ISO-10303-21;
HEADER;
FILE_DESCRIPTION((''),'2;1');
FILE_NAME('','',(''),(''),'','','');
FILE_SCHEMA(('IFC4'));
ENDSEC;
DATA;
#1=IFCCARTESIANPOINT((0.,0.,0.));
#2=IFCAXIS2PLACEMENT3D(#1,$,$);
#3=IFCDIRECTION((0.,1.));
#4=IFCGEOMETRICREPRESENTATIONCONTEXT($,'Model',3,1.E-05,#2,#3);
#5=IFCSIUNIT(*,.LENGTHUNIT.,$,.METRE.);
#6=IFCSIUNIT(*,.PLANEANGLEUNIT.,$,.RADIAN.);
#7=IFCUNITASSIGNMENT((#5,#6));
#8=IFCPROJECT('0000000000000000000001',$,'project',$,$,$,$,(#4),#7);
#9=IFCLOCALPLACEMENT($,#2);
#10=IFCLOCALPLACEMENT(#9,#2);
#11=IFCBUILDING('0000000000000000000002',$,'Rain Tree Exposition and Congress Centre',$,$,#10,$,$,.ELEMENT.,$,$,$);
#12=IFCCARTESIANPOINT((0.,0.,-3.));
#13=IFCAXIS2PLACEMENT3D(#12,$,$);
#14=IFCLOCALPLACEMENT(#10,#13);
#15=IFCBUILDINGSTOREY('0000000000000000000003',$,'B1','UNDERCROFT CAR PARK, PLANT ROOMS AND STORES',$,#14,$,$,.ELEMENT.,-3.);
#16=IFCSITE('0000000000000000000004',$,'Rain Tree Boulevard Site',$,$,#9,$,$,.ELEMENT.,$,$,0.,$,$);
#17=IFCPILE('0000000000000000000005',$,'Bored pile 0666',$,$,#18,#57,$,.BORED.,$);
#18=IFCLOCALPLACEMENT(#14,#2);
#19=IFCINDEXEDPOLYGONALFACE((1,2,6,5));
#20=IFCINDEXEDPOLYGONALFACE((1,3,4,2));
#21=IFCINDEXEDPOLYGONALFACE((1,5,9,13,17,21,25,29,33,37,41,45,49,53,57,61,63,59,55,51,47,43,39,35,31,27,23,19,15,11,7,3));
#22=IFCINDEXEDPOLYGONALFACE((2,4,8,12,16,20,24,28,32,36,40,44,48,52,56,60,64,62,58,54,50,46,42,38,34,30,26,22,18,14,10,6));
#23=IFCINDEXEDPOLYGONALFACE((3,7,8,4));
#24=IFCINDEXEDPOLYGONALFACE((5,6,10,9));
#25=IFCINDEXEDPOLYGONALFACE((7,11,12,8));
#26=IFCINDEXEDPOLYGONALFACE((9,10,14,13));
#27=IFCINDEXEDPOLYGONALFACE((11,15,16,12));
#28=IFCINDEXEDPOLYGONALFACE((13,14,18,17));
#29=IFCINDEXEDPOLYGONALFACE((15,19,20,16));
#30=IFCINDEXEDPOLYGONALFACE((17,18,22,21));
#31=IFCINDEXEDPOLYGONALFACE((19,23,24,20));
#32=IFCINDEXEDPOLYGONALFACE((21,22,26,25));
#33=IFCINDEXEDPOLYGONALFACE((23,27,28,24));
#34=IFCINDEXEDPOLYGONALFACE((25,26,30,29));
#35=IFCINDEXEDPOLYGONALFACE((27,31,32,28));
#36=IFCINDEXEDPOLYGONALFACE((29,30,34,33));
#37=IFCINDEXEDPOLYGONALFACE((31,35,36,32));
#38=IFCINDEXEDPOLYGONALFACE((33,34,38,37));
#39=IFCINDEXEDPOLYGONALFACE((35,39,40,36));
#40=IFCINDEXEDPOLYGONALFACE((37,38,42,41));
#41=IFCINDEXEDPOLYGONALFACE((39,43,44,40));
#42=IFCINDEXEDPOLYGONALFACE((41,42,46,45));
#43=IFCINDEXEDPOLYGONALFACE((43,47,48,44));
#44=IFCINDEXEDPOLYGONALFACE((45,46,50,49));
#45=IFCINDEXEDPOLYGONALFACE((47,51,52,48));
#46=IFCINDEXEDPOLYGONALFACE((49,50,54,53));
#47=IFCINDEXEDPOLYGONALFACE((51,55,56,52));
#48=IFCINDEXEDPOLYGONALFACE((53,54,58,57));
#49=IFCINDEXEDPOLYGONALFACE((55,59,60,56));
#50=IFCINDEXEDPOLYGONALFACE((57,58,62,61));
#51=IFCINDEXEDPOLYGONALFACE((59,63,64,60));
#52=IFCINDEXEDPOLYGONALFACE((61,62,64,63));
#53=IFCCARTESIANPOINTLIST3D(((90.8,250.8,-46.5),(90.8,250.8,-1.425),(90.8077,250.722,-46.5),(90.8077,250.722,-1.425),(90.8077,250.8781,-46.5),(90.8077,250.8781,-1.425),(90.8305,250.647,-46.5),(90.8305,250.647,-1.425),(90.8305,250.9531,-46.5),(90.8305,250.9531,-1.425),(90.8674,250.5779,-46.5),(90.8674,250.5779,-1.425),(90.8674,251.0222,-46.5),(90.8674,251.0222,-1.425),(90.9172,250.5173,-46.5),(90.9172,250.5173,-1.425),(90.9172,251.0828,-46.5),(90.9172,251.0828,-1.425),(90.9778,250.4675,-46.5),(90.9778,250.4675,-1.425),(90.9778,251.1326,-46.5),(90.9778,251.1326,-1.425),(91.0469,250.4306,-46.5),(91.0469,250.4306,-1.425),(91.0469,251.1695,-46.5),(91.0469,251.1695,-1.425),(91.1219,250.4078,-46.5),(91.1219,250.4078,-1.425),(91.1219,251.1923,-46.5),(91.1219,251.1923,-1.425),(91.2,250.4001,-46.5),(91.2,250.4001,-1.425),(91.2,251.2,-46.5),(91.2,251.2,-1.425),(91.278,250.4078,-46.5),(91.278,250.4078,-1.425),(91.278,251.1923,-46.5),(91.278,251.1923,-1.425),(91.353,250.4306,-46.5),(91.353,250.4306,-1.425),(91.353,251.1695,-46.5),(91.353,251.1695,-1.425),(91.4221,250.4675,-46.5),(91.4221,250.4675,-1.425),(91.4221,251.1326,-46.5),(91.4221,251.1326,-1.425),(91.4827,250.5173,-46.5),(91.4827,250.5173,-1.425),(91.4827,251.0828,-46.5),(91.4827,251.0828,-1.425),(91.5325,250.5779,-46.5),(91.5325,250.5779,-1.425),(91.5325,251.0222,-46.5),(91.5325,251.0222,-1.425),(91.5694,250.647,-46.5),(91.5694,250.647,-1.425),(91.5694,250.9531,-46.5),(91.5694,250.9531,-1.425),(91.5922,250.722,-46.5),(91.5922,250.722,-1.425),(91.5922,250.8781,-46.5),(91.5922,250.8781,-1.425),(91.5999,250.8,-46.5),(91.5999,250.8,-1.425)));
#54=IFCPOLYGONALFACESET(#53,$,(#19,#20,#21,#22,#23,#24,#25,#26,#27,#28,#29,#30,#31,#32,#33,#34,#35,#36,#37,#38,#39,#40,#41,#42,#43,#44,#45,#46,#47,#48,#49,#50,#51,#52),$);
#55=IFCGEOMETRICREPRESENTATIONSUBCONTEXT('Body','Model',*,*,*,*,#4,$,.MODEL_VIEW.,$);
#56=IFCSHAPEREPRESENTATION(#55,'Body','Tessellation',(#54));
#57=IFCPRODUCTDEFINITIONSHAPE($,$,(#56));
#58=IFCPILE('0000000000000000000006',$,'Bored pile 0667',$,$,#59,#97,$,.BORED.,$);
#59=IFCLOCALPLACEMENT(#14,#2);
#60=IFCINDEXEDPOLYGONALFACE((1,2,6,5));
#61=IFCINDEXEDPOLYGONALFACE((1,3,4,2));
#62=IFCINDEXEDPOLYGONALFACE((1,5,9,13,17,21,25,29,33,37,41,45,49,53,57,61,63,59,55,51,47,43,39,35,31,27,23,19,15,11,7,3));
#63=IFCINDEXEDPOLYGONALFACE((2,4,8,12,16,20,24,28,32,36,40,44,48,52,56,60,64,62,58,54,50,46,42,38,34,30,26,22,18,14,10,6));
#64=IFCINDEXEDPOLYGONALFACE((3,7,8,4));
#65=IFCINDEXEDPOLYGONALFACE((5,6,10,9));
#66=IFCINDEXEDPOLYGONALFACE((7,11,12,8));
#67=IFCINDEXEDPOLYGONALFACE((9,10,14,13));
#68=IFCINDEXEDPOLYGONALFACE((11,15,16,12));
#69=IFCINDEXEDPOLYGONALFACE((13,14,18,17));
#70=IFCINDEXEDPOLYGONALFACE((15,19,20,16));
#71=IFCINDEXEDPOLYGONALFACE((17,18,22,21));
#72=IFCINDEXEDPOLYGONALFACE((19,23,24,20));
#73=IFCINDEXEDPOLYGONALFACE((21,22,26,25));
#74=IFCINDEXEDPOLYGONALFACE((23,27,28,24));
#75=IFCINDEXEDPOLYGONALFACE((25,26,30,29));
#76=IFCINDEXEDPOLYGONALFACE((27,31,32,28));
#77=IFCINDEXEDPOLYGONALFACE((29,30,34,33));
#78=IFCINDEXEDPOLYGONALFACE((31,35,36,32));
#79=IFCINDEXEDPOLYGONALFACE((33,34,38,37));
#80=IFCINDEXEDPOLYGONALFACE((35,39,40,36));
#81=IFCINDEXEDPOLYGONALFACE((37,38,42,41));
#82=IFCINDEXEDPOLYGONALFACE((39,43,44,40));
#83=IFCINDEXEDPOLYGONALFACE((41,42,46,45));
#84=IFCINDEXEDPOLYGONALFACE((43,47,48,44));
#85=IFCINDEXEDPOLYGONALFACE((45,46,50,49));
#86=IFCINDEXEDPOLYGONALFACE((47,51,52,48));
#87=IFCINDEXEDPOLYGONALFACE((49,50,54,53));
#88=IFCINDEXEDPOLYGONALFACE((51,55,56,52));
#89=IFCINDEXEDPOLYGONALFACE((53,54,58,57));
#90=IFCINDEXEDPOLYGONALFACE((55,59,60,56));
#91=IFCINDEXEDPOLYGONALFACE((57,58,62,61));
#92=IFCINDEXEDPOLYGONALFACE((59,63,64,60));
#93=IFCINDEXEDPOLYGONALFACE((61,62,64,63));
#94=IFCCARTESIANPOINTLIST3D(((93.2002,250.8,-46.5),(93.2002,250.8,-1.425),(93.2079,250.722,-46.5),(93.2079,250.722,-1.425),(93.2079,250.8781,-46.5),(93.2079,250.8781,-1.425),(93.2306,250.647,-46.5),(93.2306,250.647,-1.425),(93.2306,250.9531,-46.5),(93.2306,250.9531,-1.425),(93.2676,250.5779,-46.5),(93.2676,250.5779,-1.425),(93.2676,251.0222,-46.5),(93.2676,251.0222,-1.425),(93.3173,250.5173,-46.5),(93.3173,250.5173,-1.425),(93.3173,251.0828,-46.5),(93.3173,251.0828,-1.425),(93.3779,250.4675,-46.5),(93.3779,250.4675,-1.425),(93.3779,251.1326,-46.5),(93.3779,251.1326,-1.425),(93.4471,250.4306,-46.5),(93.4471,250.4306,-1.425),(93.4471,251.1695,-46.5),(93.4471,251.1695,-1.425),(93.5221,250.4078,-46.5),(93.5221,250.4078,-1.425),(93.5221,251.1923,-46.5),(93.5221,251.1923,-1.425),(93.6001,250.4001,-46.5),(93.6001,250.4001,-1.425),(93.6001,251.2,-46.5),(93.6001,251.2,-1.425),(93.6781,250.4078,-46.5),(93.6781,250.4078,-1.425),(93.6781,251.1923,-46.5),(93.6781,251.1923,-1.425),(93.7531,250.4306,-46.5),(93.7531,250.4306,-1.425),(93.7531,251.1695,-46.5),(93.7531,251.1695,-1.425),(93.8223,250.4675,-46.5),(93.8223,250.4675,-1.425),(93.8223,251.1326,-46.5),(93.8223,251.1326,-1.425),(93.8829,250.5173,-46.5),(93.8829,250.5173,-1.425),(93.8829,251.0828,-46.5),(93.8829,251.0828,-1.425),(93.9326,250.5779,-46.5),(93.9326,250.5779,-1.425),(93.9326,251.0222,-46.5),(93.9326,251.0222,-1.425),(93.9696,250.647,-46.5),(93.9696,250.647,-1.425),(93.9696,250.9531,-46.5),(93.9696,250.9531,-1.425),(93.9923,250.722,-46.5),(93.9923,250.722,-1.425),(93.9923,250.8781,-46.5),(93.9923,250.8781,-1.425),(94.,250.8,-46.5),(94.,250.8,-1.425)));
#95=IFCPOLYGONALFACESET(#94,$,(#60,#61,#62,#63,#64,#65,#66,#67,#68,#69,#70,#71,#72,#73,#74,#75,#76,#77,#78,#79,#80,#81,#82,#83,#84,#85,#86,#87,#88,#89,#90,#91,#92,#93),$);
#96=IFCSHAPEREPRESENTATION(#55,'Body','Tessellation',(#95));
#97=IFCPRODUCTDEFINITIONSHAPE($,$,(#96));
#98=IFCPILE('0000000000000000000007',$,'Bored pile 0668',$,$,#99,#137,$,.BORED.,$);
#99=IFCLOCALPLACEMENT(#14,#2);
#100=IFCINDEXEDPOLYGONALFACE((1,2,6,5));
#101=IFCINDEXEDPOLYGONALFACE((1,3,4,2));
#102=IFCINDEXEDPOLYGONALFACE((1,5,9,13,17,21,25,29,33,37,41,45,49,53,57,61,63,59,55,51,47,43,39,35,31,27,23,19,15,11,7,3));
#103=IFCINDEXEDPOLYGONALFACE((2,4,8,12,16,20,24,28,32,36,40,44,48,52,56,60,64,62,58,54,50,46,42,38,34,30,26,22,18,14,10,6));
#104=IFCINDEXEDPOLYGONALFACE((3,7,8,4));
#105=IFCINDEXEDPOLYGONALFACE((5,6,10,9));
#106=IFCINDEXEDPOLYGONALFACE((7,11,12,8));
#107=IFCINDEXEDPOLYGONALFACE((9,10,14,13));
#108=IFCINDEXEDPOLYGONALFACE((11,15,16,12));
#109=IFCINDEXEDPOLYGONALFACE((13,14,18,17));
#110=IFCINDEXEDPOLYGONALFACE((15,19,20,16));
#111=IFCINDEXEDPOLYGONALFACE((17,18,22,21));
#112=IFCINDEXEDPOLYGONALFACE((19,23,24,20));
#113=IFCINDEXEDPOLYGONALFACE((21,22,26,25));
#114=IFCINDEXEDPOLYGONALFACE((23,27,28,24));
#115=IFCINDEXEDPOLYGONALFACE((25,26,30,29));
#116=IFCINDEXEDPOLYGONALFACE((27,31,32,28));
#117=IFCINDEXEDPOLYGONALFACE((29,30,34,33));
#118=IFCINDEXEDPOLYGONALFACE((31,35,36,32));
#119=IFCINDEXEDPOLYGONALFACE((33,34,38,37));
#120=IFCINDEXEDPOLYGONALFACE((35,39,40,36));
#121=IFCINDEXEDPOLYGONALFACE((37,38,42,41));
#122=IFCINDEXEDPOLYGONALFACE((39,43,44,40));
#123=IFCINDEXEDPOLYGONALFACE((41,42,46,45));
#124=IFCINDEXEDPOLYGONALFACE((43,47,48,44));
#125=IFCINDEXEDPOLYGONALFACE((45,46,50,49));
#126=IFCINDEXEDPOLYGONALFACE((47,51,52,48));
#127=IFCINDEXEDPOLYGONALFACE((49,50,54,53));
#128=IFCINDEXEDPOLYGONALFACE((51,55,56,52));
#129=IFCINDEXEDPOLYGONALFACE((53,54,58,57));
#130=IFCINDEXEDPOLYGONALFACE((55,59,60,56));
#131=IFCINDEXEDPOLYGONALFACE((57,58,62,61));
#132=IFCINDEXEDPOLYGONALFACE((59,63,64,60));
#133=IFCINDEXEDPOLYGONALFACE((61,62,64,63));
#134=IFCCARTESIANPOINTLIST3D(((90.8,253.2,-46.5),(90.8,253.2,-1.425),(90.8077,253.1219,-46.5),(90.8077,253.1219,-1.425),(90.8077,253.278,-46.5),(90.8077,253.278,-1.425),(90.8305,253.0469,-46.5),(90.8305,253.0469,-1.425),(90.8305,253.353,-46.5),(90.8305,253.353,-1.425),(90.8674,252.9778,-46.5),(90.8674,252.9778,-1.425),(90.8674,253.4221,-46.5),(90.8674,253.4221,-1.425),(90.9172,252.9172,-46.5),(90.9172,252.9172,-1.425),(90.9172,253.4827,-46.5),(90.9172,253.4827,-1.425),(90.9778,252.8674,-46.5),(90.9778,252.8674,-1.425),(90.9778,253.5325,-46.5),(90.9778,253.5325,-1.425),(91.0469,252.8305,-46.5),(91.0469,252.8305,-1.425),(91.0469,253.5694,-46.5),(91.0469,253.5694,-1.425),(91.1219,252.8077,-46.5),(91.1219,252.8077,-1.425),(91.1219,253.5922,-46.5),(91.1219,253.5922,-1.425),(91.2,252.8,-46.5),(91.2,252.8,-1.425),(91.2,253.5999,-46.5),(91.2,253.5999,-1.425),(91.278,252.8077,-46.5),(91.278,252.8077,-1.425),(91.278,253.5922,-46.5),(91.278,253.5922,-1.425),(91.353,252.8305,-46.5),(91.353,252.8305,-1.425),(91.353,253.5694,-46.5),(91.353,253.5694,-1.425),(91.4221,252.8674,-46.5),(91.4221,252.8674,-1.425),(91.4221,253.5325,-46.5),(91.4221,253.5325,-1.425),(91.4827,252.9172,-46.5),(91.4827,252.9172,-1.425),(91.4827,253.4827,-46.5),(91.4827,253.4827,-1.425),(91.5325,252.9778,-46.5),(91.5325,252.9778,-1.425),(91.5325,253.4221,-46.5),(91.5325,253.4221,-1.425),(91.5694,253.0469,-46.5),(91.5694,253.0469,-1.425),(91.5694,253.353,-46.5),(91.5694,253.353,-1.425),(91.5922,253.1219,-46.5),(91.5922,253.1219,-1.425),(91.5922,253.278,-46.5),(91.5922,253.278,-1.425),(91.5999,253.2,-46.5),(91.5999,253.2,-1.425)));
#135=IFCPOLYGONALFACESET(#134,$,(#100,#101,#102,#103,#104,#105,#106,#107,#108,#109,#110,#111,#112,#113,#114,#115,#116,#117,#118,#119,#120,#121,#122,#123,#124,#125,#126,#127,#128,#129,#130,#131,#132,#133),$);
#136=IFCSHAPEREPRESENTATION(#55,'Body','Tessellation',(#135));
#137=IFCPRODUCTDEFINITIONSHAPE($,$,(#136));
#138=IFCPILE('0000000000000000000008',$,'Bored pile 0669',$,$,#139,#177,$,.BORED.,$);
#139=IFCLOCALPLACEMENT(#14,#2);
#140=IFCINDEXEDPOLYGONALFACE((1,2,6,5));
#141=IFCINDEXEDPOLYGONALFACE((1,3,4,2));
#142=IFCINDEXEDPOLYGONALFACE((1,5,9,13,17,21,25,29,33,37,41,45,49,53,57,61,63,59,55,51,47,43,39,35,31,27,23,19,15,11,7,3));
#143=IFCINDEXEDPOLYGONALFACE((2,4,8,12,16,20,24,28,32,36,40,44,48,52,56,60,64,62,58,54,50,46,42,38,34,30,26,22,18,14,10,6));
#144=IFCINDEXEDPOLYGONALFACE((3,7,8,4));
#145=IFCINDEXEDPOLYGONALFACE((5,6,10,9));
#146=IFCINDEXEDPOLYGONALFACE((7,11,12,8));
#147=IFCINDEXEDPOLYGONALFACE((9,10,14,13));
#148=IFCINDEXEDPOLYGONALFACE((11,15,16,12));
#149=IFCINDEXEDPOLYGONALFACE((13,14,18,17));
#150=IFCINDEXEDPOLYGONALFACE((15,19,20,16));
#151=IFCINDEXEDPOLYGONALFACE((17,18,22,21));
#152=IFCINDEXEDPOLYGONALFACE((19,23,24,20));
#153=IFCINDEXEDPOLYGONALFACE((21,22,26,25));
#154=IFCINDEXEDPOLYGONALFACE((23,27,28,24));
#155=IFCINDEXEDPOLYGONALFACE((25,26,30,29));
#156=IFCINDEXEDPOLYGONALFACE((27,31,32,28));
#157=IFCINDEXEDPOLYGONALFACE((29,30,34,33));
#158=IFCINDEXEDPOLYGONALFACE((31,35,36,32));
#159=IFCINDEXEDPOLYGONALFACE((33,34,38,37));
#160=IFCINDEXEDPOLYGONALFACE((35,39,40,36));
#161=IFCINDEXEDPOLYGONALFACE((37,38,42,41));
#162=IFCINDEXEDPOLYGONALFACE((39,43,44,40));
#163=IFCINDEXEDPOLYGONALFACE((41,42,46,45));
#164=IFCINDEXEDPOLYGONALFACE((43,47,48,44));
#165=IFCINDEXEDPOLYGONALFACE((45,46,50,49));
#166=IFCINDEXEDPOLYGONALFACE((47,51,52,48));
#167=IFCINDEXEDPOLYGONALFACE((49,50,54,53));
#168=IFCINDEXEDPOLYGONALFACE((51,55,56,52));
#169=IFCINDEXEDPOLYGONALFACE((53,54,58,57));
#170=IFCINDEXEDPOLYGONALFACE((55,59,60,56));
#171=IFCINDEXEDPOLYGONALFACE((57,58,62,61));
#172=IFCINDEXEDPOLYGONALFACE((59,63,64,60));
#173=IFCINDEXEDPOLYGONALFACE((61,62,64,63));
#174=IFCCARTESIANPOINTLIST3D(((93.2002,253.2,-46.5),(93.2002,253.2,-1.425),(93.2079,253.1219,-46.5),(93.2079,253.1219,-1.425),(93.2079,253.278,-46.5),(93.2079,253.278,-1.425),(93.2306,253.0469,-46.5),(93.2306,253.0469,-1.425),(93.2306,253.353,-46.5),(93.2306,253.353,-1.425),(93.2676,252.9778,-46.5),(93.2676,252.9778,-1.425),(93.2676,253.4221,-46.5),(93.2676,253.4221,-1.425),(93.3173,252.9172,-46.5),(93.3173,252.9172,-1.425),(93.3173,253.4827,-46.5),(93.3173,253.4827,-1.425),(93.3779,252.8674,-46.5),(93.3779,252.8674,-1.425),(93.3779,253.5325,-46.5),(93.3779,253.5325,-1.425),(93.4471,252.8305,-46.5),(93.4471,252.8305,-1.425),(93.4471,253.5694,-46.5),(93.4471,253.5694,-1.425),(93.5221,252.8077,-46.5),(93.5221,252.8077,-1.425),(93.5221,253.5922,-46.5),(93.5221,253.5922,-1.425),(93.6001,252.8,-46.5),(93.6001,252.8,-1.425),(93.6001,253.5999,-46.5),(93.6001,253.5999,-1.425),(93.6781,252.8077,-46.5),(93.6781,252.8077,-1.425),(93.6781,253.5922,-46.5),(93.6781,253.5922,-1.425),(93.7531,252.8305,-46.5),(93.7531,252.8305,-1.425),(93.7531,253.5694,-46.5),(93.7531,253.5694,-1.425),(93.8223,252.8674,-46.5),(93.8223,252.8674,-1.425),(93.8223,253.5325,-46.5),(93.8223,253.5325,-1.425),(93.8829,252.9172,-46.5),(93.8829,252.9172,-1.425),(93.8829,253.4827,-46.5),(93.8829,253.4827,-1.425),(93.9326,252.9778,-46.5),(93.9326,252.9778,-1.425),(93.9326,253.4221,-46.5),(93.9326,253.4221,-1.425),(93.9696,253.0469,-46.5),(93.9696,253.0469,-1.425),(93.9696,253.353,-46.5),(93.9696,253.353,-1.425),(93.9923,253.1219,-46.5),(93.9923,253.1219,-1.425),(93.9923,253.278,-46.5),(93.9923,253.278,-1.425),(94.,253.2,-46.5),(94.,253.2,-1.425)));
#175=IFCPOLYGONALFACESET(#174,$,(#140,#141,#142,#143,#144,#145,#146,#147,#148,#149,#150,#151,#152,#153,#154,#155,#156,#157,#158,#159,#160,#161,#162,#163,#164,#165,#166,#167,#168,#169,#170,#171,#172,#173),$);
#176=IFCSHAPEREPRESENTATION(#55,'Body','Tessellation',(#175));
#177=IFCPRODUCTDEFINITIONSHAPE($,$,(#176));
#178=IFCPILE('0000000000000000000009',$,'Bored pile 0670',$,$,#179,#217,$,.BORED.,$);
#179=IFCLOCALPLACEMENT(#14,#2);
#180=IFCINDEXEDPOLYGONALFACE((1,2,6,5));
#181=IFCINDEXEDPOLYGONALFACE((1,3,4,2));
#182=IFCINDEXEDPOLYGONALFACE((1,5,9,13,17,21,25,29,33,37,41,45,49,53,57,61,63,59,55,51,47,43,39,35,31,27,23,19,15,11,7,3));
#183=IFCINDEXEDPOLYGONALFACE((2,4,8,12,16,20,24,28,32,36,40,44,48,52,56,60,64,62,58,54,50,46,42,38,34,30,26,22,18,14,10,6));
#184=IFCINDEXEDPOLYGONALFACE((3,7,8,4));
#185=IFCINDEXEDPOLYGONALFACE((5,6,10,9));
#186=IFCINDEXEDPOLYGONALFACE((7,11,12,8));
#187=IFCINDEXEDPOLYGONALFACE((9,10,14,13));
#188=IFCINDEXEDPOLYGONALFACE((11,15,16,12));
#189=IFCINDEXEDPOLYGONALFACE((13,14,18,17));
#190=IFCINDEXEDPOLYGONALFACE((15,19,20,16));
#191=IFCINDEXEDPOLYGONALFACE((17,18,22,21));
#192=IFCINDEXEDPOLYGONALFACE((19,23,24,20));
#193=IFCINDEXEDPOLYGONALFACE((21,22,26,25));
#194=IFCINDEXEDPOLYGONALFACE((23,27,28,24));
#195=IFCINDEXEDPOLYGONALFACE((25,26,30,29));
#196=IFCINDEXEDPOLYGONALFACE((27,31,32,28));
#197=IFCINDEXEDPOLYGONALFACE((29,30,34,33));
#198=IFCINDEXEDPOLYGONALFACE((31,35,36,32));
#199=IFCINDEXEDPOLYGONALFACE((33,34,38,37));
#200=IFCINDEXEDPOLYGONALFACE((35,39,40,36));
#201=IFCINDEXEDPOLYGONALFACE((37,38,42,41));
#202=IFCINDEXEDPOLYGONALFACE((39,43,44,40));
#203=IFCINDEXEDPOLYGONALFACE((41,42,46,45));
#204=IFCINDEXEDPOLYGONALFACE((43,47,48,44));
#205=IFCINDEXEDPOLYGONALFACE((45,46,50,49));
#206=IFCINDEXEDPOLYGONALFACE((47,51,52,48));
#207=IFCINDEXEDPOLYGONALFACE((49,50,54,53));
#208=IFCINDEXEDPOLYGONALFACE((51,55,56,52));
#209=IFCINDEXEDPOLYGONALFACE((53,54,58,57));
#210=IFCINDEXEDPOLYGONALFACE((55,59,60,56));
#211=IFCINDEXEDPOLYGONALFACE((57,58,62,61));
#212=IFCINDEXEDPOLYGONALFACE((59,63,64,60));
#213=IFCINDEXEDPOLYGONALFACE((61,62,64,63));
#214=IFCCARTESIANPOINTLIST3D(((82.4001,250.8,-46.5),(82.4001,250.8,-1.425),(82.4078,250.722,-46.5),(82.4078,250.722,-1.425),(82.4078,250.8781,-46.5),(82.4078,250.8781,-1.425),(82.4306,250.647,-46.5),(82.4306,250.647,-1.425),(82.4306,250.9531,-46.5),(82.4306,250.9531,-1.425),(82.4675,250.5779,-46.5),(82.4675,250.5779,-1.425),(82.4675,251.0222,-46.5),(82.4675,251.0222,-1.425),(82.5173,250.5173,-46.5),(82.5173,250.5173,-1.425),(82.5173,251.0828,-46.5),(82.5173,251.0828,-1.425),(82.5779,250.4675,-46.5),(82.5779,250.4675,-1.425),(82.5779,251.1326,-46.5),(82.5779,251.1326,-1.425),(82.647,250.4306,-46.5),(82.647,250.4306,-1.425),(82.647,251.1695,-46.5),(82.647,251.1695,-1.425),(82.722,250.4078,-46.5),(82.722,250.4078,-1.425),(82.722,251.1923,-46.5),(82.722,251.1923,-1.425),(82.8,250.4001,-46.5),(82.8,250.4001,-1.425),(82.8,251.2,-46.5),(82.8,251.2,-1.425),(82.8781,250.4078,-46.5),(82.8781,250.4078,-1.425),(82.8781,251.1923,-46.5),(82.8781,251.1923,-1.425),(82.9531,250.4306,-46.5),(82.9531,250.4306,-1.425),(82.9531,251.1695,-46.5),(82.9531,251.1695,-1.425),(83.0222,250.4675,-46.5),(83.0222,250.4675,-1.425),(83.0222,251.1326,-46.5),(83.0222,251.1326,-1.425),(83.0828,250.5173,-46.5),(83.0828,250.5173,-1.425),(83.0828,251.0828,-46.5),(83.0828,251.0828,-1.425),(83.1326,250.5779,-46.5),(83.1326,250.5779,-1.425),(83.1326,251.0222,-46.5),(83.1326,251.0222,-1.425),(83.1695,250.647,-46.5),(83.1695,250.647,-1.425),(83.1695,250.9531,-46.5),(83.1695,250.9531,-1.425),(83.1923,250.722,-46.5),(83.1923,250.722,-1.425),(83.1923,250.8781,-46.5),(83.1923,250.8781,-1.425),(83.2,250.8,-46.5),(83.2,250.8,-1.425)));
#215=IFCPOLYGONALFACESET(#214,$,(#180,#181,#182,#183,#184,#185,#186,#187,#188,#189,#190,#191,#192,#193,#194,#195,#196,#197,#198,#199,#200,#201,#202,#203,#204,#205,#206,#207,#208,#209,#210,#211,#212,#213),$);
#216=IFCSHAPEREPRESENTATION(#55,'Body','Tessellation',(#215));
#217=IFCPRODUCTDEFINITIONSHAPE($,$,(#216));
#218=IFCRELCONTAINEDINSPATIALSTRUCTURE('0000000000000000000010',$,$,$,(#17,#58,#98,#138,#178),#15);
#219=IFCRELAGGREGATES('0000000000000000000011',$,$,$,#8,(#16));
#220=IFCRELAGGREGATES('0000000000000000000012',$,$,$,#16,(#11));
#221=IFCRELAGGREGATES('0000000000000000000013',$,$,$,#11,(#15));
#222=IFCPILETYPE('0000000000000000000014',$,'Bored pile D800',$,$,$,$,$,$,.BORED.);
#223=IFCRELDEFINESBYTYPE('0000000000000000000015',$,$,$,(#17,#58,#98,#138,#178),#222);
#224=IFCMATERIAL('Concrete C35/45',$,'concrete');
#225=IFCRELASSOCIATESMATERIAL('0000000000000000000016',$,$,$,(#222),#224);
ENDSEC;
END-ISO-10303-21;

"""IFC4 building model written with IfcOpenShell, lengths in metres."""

from ifc_helpers import new_model, si_unit, direction, frame, origin, origin_2d, place, context, subcontext, project, spatial, circle, extrude, material, material_profile, profile_set, type_object, element, save


model = new_model("IFC4")

# Units and contexts
model_context = context("Model", 3, precision=1e-05, world=origin(), true_north=direction((0.0, 1.0)))
body_context = subcontext(model_context, "Body", "Model", "MODEL_VIEW")
ifc_project = project(units=[si_unit("LENGTHUNIT", "METRE"), si_unit("PLANEANGLEUNIT", "RADIAN")], contexts=[model_context])

# Site, building, storey
site_placement = place(None, origin())
site = spatial("IfcSite", under=ifc_project, at=site_placement, Name="Rain Tree Boulevard Site", CompositionType="ELEMENT", RefElevation=0.0)
building_placement = place(site_placement, origin())
building = spatial("IfcBuilding", under=site, at=building_placement, Name="Rain Tree Exposition and Congress Centre", CompositionType="ELEMENT")
storey_placement = place(building_placement, frame((0.0, 0.0, -3.0)))
storey = spatial("IfcBuildingStorey", under=building, at=storey_placement, Name="B1", Description="UNDERCROFT CAR PARK, PLANT ROOMS AND STORES", CompositionType="ELEMENT", Elevation=-3.0)

# Piles
ifc_material_1 = material(Name="Concrete C35/45", Category="concrete")
ifc_material_profile_1 = material_profile(ifc_material_1, circle(Radius=0.3999, at=origin_2d()), Name="D800")
ifc_profile_set_1 = profile_set([ifc_material_profile_1], Name="Concrete C35/45")
pile_type = type_object("IfcPileType", Name="Bored pile D800", PredefinedType="BORED", material=ifc_profile_set_1)
for number, where, z_axis, x_axis, name in (
    (1, (91.2, 250.8, -1.425), (0.0, 0.0, -1.0), (1.0, 0.0, 0.0), "Bored pile 0666"),
    (2, (93.6001, 250.8, -1.425), (0.0, 0.0, -1.0), (1.0, 0.0, 0.0), "Bored pile 0667"),
    (3, (91.2, 253.2, -1.425), (0.0, 0.0, -1.0), (1.0, 0.0, 0.0), "Bored pile 0668"),
    (4, (93.6001, 253.2, -1.425), (0.0, 0.0, -1.0), (1.0, 0.0, 0.0), "Bored pile 0669"),
    (5, (82.8, 250.8, -1.425), (0.0, 0.0, -1.0), (1.0, 0.0, 0.0), "Bored pile 0670"),
):
    element("IfcPile", number, at=place(storey_placement, frame(where, z_axis=z_axis, x_axis=x_axis)), inside=storey, type_object=pile_type, Name=name, PredefinedType="BORED", context=body_context, shape_type="SweptSolid", body=[
        extrude(circle(Radius=0.3999, at=origin_2d()), origin(), (0.0, 0.0, 1.0), 45.075),
    ])

save(model, "model.ifc")
